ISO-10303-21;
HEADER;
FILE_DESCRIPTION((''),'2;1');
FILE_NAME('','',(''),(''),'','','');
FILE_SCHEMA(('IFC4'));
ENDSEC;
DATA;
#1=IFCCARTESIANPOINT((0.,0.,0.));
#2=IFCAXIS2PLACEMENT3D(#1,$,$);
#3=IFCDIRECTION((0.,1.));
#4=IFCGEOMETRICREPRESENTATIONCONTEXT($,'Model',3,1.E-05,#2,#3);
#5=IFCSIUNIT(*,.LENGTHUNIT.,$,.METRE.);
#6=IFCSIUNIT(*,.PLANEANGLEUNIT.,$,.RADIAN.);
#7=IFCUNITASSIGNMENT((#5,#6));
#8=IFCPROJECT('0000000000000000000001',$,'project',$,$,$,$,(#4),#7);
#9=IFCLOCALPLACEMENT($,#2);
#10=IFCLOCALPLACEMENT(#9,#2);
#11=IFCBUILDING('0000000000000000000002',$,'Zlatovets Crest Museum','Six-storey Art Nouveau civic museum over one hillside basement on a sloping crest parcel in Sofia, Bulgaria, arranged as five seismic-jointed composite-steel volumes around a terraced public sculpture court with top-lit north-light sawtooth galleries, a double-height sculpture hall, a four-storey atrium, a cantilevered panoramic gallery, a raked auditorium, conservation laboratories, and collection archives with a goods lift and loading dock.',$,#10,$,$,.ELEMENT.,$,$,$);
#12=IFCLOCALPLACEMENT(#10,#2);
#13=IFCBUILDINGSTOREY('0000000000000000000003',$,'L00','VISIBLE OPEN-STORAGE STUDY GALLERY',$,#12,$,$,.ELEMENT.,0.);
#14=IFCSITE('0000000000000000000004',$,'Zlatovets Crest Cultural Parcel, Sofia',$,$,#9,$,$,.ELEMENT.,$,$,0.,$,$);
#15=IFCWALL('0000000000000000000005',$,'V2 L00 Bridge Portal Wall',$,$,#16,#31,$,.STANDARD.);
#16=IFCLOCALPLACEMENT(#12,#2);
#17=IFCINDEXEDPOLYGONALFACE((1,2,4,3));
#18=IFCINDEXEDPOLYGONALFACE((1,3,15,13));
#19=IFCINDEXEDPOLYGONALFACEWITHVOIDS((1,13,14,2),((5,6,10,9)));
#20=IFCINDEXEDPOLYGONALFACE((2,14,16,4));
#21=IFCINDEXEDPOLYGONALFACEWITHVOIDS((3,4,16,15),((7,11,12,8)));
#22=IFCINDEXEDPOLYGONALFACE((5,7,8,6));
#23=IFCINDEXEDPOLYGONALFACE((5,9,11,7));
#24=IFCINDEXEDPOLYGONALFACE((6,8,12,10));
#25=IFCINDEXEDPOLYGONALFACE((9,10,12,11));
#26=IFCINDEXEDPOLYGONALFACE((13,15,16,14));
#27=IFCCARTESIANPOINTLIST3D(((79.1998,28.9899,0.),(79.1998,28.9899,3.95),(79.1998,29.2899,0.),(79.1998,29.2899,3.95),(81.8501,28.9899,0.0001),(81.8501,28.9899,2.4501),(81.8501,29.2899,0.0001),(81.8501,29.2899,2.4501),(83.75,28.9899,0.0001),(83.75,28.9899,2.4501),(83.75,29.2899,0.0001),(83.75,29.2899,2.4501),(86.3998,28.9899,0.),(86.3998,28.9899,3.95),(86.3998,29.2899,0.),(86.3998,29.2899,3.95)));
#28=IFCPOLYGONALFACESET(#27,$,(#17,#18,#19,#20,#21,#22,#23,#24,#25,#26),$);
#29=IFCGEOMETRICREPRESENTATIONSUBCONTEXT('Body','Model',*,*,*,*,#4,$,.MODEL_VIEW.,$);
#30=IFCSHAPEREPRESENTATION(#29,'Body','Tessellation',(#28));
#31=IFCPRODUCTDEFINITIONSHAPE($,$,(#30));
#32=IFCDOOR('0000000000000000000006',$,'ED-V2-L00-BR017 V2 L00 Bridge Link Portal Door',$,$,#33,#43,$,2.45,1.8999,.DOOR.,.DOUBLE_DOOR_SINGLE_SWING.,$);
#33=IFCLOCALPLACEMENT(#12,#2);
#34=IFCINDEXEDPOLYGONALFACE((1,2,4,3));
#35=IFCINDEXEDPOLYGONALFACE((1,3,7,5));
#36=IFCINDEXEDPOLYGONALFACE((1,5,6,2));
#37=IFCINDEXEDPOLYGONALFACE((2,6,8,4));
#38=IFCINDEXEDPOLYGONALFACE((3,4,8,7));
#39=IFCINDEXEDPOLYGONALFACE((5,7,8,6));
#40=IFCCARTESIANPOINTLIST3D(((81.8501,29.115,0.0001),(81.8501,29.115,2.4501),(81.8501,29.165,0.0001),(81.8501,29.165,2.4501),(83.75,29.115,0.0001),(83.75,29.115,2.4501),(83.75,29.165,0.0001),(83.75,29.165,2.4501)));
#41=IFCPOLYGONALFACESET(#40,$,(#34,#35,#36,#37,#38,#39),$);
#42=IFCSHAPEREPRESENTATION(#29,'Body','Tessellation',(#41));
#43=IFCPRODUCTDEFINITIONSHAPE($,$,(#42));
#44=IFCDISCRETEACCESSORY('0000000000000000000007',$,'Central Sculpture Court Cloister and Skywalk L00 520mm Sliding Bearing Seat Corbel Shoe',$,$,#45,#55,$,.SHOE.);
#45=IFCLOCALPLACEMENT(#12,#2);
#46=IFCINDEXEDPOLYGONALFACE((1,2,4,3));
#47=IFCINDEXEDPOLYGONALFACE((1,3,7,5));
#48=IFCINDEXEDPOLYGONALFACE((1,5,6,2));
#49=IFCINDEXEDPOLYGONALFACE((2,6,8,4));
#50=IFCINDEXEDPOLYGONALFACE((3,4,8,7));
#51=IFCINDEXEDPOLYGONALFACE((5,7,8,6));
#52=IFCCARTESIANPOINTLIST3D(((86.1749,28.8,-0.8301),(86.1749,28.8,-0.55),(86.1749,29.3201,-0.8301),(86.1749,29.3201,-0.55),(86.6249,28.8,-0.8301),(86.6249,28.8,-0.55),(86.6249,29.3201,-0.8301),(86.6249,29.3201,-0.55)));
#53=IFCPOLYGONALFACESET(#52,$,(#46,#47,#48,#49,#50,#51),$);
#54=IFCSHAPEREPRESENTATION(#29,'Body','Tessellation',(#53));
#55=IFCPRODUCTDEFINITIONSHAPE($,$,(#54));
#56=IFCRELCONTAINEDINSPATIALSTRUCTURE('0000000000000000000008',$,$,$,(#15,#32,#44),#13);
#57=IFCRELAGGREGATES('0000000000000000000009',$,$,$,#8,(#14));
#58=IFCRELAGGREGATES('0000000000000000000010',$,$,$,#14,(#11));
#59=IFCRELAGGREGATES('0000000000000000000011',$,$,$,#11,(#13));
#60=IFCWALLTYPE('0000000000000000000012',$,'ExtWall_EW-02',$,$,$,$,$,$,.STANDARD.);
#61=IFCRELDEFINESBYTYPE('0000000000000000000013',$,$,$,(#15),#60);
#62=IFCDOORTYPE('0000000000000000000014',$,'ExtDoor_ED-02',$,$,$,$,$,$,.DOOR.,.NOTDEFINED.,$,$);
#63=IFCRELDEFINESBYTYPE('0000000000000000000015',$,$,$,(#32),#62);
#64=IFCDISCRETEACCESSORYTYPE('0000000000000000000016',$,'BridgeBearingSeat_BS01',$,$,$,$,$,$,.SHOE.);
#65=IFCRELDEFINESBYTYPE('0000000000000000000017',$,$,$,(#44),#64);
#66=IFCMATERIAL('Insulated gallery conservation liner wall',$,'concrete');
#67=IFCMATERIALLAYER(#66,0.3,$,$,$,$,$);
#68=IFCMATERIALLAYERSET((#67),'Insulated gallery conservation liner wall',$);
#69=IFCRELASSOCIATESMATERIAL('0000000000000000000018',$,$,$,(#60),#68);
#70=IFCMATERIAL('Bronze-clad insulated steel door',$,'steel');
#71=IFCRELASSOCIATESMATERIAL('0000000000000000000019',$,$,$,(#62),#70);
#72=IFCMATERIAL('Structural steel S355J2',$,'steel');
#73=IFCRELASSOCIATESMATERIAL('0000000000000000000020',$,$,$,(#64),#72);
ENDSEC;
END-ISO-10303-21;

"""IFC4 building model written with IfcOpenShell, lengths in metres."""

from ifc_helpers import new_model, si_unit, direction, frame, frame_2d, origin, origin_2d, place, context, subcontext, project, spatial, rectangle, extrude, material, layer, layer_set, type_object, element, fill, save


model = new_model("IFC4")

# Units and contexts
model_context = context("Model", 3, precision=1e-05, world=origin(), true_north=direction((0.0, 1.0)))
body_context = subcontext(model_context, "Body", "Model", "MODEL_VIEW")
ifc_project = project(units=[si_unit("LENGTHUNIT", "METRE"), si_unit("PLANEANGLEUNIT", "RADIAN")], contexts=[model_context])

# Site, building, storey
site_placement = place(None, origin())
site = spatial("IfcSite", under=ifc_project, at=site_placement, Name="Zlatovets Crest Cultural Parcel, Sofia", CompositionType="ELEMENT", RefElevation=0.0)
building_placement = place(site_placement, origin())
building = spatial("IfcBuilding", under=site, at=building_placement, Name="Zlatovets Crest Museum", Description="Six-storey Art Nouveau civic museum over one hillside basement on a sloping crest parcel in Sofia, Bulgaria, arranged as five seismic-jointed composite-steel volumes around a terraced public sculpture court with top-lit north-light sawtooth galleries, a double-height sculpture hall, a four-storey atrium, a cantilevered panoramic gallery, a raked auditorium, conservation laboratories, and collection archives with a goods lift and loading dock.", CompositionType="ELEMENT")
storey_placement = place(building_placement, origin())
storey = spatial("IfcBuildingStorey", under=building, at=storey_placement, Name="L00", Description="VISIBLE OPEN-STORAGE STUDY GALLERY", CompositionType="ELEMENT", Elevation=0.0)

# Shared definitions
ifc_material_1 = material(Name="Structural steel S355J2", Category="steel")

# Wall, opening, door
ifc_material_2 = material(Name="Insulated gallery conservation liner wall", Category="concrete")
ifc_layer_1 = layer(ifc_material_2, 0.3)
ifc_layer_set_1 = layer_set([ifc_layer_1], Name="Insulated gallery conservation liner wall")
wall_type = type_object("IfcWallType", Name="ExtWall_EW-02", PredefinedType="STANDARD", material=ifc_layer_set_1)
wall_placement = place(storey_placement, frame((86.3999, 29.1399, 0.0), z_axis=(0.0, 0.0, 1.0), x_axis=(-1.0, 0.0, 0.0)))
wall = element("IfcWall", 1, at=wall_placement, inside=storey, type_object=wall_type, Name="V2 L00 Bridge Portal Wall", PredefinedType="STANDARD", context=body_context, shape_type="SweptSolid", body=[
    extrude(rectangle(XDim=7.2, YDim=0.3, at=frame_2d((3.6001, 0.0))), origin(), (0.0, 0.0, 1.0), 3.95),
])
opening_placement = place(wall_placement, frame((2.6499, 0.0, 0.0)))
opening = element("IfcOpeningElement", 2, at=opening_placement, cuts=wall, PredefinedType="OPENING", context=body_context, shape_type="SweptSolid", body=[
    extrude(rectangle(XDim=1.8999, YDim=2.45, at=frame_2d((0.95, 1.2251))), frame((0.0, 0.1602, 0.0), z_axis=(0.0, -1.0, 0.0), x_axis=(1.0, 0.0, 0.0)), (0.0, 0.0, 1.0), 0.3201),
])
ifc_material_3 = material(Name="Bronze-clad insulated steel door", Category="steel")
door_type = type_object("IfcDoorType", Name="ExtDoor_ED-02", OperationType="NOTDEFINED", PredefinedType="DOOR", material=ifc_material_3)
door_placement = place(opening_placement, origin())
door = element("IfcDoor", 3, at=door_placement, inside=storey, type_object=door_type, Name="ED-V2-L00-BR017 V2 L00 Bridge Link Portal Door", OperationType="DOUBLE_DOOR_SINGLE_SWING", OverallHeight=2.45, OverallWidth=1.8999, PredefinedType="DOOR", context=body_context, shape_type="SweptSolid", body=[
    extrude(rectangle(XDim=1.8999, YDim=2.45, at=frame_2d((0.95, 1.2251))), frame((0.0, 0.0249, 0.0), z_axis=(0.0, -1.0, 0.0), x_axis=(1.0, 0.0, 0.0)), (0.0, 0.0, 1.0), 0.05),
])
fill(opening, door)

# Discrete accessory
discrete_accessory_type = type_object("IfcDiscreteAccessoryType", Name="BridgeBearingSeat_BS01", PredefinedType="SHOE", material=ifc_material_1)
discrete_accessory_placement = place(storey_placement, frame((86.3999, 29.0601, -0.8301), z_axis=(0.0, 0.0, 1.0), x_axis=(1.0, 0.0, 0.0)))
element("IfcDiscreteAccessory", 4, at=discrete_accessory_placement, inside=storey, type_object=discrete_accessory_type, Name="Central Sculpture Court Cloister and Skywalk L00 520mm Sliding Bearing Seat Corbel Shoe", PredefinedType="SHOE", context=body_context, shape_type="SweptSolid", body=[
    extrude(rectangle(XDim=0.45, YDim=0.52, at=origin_2d()), origin(), (0.0, 0.0, 1.0), 0.28),
])

save(model, "model.ifc")
